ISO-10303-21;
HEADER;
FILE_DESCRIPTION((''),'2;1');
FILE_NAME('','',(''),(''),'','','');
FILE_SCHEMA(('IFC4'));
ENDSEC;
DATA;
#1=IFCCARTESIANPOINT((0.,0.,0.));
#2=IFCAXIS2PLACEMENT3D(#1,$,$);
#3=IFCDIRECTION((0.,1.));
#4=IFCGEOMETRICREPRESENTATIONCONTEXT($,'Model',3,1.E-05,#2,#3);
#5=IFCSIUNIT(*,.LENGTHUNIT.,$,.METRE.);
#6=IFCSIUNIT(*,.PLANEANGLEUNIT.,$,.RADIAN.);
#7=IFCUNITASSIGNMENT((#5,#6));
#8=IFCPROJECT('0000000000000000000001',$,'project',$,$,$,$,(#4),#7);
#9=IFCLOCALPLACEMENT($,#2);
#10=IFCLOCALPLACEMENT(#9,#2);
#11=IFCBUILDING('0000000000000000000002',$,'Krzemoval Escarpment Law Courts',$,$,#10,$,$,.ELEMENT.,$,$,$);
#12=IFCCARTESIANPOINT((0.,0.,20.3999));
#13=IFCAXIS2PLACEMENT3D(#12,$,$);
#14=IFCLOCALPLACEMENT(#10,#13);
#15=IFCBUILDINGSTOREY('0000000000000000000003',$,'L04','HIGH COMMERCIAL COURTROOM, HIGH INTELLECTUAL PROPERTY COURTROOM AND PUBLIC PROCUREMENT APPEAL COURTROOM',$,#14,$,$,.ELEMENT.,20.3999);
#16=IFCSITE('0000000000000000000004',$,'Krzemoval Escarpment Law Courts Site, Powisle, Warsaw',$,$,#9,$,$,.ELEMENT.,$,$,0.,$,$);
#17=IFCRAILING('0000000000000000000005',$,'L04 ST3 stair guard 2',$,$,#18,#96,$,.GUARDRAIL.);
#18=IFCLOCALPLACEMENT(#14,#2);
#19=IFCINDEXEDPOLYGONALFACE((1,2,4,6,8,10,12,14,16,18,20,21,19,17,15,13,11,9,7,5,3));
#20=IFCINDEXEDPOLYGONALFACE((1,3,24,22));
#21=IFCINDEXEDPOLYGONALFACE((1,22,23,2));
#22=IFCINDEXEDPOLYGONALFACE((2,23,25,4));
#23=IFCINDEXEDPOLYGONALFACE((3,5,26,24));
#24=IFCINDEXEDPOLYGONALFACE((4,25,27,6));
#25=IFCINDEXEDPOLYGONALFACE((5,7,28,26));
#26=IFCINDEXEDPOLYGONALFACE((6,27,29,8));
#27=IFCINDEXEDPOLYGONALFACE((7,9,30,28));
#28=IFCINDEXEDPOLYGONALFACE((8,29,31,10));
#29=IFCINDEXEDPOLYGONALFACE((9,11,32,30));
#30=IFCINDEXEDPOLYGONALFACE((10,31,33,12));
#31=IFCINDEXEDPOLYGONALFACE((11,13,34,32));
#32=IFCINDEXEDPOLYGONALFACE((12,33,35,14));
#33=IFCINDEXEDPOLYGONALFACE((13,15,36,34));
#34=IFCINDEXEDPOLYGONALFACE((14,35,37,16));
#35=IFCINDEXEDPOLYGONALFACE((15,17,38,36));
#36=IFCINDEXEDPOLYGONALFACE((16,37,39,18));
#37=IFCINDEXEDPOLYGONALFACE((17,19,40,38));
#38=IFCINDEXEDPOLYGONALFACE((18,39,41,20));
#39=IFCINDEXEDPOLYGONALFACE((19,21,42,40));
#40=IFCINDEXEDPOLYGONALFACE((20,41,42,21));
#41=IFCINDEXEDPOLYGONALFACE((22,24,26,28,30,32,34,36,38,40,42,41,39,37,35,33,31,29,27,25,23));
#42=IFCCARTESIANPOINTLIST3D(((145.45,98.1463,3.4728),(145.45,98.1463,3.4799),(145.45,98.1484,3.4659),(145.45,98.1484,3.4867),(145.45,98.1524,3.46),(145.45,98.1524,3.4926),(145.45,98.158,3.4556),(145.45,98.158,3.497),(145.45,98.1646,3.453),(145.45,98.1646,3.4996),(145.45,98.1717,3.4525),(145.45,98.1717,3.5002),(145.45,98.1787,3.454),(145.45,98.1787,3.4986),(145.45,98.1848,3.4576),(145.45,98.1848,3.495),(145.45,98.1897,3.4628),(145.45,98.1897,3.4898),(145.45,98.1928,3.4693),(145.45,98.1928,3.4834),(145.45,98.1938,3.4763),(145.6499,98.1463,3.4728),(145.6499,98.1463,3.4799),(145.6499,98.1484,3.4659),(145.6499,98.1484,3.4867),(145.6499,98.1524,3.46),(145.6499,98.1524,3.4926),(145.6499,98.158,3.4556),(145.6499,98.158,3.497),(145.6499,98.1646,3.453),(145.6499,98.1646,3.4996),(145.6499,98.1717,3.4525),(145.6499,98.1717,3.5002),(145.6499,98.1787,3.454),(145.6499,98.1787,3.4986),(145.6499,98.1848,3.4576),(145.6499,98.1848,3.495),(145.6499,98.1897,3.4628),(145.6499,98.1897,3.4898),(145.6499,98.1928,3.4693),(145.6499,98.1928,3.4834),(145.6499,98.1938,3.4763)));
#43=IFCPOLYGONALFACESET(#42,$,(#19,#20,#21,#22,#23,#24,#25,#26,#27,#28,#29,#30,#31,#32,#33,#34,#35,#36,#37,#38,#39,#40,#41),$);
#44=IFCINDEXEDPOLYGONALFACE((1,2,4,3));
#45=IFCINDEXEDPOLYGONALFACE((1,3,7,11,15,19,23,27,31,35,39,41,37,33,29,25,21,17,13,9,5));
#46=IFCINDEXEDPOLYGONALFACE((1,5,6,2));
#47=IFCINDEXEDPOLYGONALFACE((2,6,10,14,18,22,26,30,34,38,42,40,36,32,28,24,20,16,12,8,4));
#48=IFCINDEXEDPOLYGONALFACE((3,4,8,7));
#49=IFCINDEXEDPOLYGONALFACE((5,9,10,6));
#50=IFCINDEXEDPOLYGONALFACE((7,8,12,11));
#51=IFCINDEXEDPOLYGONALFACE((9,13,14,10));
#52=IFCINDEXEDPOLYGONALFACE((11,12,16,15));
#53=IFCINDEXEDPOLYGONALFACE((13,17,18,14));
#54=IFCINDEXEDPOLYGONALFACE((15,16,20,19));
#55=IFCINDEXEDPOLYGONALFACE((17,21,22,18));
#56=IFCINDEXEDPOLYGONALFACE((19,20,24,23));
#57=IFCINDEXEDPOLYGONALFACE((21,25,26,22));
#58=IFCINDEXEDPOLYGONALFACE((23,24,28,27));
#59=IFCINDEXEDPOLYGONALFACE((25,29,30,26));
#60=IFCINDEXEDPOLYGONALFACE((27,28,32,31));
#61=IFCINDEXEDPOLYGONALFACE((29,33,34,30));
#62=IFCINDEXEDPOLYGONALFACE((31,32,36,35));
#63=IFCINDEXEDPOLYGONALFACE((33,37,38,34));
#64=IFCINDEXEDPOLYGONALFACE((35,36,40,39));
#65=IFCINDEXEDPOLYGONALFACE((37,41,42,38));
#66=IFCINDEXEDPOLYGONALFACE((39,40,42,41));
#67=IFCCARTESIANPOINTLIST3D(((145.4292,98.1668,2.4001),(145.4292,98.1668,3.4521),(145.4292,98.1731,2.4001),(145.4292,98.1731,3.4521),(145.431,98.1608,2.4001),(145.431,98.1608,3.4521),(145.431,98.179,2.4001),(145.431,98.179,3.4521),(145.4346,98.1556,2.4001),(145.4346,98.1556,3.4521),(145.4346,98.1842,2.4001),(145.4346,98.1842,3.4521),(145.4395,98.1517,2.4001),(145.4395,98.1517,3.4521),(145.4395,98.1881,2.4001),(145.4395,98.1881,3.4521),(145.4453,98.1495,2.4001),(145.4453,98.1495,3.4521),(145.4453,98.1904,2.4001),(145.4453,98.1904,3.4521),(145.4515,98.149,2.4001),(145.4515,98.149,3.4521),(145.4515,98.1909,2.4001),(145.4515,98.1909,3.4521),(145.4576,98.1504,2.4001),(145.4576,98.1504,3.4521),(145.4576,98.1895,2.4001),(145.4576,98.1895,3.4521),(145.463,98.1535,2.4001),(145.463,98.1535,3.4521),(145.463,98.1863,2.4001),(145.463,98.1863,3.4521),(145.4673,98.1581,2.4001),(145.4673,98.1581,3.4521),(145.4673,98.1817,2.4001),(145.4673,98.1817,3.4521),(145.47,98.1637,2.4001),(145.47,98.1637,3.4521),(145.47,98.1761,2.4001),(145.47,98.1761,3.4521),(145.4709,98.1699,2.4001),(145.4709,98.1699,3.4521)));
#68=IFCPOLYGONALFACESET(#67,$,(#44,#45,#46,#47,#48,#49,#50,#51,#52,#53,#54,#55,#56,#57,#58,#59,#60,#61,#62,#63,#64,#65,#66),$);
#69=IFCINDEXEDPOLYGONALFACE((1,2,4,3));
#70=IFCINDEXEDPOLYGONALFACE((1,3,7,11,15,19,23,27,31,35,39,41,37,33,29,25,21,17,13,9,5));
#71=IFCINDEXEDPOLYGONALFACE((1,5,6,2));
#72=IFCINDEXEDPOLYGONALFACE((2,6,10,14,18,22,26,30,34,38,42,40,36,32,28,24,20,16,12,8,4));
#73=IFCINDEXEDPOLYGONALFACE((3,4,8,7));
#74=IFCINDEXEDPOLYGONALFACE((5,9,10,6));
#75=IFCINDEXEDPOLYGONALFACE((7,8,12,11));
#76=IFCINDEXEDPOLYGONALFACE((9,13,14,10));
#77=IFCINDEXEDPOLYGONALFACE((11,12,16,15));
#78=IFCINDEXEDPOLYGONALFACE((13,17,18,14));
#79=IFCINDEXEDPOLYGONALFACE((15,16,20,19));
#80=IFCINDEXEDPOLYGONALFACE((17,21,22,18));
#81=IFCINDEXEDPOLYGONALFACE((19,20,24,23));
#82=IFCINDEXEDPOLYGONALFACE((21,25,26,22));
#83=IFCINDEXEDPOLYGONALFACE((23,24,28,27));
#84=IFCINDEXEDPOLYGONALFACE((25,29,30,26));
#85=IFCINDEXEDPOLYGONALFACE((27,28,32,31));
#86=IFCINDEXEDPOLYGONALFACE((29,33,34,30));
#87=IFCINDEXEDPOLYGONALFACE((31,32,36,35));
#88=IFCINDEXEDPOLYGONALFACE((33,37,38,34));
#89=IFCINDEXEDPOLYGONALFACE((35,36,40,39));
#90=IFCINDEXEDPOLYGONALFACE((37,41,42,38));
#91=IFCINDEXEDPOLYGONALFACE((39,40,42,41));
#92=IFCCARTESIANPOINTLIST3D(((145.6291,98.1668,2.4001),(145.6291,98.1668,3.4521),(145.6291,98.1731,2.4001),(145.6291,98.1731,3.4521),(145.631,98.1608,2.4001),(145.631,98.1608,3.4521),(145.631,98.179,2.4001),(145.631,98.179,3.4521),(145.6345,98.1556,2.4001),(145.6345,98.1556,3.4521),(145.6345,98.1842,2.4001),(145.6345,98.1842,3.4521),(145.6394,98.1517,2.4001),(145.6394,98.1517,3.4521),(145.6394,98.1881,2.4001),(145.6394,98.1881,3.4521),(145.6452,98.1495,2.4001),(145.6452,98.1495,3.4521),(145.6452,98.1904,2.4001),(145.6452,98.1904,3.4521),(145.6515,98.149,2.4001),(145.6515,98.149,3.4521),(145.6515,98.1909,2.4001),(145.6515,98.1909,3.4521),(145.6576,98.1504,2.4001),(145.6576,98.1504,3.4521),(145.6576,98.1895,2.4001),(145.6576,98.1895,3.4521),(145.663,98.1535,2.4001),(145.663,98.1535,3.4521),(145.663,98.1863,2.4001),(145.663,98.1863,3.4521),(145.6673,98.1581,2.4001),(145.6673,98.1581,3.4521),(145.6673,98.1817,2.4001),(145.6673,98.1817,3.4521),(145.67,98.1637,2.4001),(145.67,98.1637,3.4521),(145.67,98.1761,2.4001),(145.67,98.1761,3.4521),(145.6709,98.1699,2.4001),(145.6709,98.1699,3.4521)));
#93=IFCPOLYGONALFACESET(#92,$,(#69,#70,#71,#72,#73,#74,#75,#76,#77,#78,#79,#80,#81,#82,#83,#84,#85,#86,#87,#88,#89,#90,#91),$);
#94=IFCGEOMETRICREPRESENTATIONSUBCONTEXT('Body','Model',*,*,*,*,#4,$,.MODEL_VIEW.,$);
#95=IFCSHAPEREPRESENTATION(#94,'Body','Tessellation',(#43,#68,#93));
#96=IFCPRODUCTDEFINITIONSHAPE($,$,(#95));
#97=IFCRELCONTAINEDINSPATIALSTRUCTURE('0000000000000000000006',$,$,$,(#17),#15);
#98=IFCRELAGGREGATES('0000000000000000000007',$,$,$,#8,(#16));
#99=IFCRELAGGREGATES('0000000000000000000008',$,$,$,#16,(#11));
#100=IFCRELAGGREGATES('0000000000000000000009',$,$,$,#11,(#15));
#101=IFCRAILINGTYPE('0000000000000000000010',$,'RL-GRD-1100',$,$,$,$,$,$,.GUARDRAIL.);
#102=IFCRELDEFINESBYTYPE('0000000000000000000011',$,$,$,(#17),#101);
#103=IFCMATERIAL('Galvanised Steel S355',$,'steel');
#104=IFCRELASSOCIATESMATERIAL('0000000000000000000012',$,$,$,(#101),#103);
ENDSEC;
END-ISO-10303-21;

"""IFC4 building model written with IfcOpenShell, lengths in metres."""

from ifc_helpers import new_model, si_unit, direction, frame, origin, origin_2d, place, context, subcontext, project, spatial, circle, extrude, material, type_object, element, save


model = new_model("IFC4")

# Units and contexts
model_context = context("Model", 3, precision=1e-05, world=origin(), true_north=direction((0.0, 1.0)))
body_context = subcontext(model_context, "Body", "Model", "MODEL_VIEW")
ifc_project = project(units=[si_unit("LENGTHUNIT", "METRE"), si_unit("PLANEANGLEUNIT", "RADIAN")], contexts=[model_context])

# Site, building, storey
site_placement = place(None, origin())
site = spatial("IfcSite", under=ifc_project, at=site_placement, Name="Krzemoval Escarpment Law Courts Site, Powisle, Warsaw", CompositionType="ELEMENT", RefElevation=0.0)
building_placement = place(site_placement, origin())
building = spatial("IfcBuilding", under=site, at=building_placement, Name="Krzemoval Escarpment Law Courts", CompositionType="ELEMENT")
storey_placement = place(building_placement, frame((0.0, 0.0, 20.3999)))
storey = spatial("IfcBuildingStorey", under=building, at=storey_placement, Name="L04", Description="HIGH COMMERCIAL COURTROOM, HIGH INTELLECTUAL PROPERTY COURTROOM AND PUBLIC PROCUREMENT APPEAL COURTROOM", CompositionType="ELEMENT", Elevation=20.3999)

# Railing
ifc_material_1 = material(Name="Galvanised Steel S355", Category="steel")
railing_type_1 = type_object("IfcRailingType", Name="RL-GRD-1100", PredefinedType="GUARDRAIL", material=ifc_material_1)
railing_1_placement = place(storey_placement, frame((145.45, 98.1699, 2.4001)))
element("IfcRailing", 1, at=railing_1_placement, inside=storey, type_object=railing_type_1, Name="L04 ST3 stair guard 2", PredefinedType="GUARDRAIL", context=body_context, shape_type="SweptSolid", body=[
    extrude(circle(Radius=0.0239, at=origin_2d()), frame((0.0, 0.0, 1.0762), z_axis=(1.0, 0.0, 0.0), x_axis=(0.0, 1.0, 0.0)), (0.0, 0.0, 1.0), 0.2),
    extrude(circle(Radius=0.021, at=origin_2d()), origin(), (0.0, 0.0, 1.0), 1.052),
    extrude(circle(Radius=0.021, at=origin_2d()), frame((0.2, 0.0, 0.0)), (0.0, 0.0, 1.0), 1.052),
])

save(model, "model.ifc")
